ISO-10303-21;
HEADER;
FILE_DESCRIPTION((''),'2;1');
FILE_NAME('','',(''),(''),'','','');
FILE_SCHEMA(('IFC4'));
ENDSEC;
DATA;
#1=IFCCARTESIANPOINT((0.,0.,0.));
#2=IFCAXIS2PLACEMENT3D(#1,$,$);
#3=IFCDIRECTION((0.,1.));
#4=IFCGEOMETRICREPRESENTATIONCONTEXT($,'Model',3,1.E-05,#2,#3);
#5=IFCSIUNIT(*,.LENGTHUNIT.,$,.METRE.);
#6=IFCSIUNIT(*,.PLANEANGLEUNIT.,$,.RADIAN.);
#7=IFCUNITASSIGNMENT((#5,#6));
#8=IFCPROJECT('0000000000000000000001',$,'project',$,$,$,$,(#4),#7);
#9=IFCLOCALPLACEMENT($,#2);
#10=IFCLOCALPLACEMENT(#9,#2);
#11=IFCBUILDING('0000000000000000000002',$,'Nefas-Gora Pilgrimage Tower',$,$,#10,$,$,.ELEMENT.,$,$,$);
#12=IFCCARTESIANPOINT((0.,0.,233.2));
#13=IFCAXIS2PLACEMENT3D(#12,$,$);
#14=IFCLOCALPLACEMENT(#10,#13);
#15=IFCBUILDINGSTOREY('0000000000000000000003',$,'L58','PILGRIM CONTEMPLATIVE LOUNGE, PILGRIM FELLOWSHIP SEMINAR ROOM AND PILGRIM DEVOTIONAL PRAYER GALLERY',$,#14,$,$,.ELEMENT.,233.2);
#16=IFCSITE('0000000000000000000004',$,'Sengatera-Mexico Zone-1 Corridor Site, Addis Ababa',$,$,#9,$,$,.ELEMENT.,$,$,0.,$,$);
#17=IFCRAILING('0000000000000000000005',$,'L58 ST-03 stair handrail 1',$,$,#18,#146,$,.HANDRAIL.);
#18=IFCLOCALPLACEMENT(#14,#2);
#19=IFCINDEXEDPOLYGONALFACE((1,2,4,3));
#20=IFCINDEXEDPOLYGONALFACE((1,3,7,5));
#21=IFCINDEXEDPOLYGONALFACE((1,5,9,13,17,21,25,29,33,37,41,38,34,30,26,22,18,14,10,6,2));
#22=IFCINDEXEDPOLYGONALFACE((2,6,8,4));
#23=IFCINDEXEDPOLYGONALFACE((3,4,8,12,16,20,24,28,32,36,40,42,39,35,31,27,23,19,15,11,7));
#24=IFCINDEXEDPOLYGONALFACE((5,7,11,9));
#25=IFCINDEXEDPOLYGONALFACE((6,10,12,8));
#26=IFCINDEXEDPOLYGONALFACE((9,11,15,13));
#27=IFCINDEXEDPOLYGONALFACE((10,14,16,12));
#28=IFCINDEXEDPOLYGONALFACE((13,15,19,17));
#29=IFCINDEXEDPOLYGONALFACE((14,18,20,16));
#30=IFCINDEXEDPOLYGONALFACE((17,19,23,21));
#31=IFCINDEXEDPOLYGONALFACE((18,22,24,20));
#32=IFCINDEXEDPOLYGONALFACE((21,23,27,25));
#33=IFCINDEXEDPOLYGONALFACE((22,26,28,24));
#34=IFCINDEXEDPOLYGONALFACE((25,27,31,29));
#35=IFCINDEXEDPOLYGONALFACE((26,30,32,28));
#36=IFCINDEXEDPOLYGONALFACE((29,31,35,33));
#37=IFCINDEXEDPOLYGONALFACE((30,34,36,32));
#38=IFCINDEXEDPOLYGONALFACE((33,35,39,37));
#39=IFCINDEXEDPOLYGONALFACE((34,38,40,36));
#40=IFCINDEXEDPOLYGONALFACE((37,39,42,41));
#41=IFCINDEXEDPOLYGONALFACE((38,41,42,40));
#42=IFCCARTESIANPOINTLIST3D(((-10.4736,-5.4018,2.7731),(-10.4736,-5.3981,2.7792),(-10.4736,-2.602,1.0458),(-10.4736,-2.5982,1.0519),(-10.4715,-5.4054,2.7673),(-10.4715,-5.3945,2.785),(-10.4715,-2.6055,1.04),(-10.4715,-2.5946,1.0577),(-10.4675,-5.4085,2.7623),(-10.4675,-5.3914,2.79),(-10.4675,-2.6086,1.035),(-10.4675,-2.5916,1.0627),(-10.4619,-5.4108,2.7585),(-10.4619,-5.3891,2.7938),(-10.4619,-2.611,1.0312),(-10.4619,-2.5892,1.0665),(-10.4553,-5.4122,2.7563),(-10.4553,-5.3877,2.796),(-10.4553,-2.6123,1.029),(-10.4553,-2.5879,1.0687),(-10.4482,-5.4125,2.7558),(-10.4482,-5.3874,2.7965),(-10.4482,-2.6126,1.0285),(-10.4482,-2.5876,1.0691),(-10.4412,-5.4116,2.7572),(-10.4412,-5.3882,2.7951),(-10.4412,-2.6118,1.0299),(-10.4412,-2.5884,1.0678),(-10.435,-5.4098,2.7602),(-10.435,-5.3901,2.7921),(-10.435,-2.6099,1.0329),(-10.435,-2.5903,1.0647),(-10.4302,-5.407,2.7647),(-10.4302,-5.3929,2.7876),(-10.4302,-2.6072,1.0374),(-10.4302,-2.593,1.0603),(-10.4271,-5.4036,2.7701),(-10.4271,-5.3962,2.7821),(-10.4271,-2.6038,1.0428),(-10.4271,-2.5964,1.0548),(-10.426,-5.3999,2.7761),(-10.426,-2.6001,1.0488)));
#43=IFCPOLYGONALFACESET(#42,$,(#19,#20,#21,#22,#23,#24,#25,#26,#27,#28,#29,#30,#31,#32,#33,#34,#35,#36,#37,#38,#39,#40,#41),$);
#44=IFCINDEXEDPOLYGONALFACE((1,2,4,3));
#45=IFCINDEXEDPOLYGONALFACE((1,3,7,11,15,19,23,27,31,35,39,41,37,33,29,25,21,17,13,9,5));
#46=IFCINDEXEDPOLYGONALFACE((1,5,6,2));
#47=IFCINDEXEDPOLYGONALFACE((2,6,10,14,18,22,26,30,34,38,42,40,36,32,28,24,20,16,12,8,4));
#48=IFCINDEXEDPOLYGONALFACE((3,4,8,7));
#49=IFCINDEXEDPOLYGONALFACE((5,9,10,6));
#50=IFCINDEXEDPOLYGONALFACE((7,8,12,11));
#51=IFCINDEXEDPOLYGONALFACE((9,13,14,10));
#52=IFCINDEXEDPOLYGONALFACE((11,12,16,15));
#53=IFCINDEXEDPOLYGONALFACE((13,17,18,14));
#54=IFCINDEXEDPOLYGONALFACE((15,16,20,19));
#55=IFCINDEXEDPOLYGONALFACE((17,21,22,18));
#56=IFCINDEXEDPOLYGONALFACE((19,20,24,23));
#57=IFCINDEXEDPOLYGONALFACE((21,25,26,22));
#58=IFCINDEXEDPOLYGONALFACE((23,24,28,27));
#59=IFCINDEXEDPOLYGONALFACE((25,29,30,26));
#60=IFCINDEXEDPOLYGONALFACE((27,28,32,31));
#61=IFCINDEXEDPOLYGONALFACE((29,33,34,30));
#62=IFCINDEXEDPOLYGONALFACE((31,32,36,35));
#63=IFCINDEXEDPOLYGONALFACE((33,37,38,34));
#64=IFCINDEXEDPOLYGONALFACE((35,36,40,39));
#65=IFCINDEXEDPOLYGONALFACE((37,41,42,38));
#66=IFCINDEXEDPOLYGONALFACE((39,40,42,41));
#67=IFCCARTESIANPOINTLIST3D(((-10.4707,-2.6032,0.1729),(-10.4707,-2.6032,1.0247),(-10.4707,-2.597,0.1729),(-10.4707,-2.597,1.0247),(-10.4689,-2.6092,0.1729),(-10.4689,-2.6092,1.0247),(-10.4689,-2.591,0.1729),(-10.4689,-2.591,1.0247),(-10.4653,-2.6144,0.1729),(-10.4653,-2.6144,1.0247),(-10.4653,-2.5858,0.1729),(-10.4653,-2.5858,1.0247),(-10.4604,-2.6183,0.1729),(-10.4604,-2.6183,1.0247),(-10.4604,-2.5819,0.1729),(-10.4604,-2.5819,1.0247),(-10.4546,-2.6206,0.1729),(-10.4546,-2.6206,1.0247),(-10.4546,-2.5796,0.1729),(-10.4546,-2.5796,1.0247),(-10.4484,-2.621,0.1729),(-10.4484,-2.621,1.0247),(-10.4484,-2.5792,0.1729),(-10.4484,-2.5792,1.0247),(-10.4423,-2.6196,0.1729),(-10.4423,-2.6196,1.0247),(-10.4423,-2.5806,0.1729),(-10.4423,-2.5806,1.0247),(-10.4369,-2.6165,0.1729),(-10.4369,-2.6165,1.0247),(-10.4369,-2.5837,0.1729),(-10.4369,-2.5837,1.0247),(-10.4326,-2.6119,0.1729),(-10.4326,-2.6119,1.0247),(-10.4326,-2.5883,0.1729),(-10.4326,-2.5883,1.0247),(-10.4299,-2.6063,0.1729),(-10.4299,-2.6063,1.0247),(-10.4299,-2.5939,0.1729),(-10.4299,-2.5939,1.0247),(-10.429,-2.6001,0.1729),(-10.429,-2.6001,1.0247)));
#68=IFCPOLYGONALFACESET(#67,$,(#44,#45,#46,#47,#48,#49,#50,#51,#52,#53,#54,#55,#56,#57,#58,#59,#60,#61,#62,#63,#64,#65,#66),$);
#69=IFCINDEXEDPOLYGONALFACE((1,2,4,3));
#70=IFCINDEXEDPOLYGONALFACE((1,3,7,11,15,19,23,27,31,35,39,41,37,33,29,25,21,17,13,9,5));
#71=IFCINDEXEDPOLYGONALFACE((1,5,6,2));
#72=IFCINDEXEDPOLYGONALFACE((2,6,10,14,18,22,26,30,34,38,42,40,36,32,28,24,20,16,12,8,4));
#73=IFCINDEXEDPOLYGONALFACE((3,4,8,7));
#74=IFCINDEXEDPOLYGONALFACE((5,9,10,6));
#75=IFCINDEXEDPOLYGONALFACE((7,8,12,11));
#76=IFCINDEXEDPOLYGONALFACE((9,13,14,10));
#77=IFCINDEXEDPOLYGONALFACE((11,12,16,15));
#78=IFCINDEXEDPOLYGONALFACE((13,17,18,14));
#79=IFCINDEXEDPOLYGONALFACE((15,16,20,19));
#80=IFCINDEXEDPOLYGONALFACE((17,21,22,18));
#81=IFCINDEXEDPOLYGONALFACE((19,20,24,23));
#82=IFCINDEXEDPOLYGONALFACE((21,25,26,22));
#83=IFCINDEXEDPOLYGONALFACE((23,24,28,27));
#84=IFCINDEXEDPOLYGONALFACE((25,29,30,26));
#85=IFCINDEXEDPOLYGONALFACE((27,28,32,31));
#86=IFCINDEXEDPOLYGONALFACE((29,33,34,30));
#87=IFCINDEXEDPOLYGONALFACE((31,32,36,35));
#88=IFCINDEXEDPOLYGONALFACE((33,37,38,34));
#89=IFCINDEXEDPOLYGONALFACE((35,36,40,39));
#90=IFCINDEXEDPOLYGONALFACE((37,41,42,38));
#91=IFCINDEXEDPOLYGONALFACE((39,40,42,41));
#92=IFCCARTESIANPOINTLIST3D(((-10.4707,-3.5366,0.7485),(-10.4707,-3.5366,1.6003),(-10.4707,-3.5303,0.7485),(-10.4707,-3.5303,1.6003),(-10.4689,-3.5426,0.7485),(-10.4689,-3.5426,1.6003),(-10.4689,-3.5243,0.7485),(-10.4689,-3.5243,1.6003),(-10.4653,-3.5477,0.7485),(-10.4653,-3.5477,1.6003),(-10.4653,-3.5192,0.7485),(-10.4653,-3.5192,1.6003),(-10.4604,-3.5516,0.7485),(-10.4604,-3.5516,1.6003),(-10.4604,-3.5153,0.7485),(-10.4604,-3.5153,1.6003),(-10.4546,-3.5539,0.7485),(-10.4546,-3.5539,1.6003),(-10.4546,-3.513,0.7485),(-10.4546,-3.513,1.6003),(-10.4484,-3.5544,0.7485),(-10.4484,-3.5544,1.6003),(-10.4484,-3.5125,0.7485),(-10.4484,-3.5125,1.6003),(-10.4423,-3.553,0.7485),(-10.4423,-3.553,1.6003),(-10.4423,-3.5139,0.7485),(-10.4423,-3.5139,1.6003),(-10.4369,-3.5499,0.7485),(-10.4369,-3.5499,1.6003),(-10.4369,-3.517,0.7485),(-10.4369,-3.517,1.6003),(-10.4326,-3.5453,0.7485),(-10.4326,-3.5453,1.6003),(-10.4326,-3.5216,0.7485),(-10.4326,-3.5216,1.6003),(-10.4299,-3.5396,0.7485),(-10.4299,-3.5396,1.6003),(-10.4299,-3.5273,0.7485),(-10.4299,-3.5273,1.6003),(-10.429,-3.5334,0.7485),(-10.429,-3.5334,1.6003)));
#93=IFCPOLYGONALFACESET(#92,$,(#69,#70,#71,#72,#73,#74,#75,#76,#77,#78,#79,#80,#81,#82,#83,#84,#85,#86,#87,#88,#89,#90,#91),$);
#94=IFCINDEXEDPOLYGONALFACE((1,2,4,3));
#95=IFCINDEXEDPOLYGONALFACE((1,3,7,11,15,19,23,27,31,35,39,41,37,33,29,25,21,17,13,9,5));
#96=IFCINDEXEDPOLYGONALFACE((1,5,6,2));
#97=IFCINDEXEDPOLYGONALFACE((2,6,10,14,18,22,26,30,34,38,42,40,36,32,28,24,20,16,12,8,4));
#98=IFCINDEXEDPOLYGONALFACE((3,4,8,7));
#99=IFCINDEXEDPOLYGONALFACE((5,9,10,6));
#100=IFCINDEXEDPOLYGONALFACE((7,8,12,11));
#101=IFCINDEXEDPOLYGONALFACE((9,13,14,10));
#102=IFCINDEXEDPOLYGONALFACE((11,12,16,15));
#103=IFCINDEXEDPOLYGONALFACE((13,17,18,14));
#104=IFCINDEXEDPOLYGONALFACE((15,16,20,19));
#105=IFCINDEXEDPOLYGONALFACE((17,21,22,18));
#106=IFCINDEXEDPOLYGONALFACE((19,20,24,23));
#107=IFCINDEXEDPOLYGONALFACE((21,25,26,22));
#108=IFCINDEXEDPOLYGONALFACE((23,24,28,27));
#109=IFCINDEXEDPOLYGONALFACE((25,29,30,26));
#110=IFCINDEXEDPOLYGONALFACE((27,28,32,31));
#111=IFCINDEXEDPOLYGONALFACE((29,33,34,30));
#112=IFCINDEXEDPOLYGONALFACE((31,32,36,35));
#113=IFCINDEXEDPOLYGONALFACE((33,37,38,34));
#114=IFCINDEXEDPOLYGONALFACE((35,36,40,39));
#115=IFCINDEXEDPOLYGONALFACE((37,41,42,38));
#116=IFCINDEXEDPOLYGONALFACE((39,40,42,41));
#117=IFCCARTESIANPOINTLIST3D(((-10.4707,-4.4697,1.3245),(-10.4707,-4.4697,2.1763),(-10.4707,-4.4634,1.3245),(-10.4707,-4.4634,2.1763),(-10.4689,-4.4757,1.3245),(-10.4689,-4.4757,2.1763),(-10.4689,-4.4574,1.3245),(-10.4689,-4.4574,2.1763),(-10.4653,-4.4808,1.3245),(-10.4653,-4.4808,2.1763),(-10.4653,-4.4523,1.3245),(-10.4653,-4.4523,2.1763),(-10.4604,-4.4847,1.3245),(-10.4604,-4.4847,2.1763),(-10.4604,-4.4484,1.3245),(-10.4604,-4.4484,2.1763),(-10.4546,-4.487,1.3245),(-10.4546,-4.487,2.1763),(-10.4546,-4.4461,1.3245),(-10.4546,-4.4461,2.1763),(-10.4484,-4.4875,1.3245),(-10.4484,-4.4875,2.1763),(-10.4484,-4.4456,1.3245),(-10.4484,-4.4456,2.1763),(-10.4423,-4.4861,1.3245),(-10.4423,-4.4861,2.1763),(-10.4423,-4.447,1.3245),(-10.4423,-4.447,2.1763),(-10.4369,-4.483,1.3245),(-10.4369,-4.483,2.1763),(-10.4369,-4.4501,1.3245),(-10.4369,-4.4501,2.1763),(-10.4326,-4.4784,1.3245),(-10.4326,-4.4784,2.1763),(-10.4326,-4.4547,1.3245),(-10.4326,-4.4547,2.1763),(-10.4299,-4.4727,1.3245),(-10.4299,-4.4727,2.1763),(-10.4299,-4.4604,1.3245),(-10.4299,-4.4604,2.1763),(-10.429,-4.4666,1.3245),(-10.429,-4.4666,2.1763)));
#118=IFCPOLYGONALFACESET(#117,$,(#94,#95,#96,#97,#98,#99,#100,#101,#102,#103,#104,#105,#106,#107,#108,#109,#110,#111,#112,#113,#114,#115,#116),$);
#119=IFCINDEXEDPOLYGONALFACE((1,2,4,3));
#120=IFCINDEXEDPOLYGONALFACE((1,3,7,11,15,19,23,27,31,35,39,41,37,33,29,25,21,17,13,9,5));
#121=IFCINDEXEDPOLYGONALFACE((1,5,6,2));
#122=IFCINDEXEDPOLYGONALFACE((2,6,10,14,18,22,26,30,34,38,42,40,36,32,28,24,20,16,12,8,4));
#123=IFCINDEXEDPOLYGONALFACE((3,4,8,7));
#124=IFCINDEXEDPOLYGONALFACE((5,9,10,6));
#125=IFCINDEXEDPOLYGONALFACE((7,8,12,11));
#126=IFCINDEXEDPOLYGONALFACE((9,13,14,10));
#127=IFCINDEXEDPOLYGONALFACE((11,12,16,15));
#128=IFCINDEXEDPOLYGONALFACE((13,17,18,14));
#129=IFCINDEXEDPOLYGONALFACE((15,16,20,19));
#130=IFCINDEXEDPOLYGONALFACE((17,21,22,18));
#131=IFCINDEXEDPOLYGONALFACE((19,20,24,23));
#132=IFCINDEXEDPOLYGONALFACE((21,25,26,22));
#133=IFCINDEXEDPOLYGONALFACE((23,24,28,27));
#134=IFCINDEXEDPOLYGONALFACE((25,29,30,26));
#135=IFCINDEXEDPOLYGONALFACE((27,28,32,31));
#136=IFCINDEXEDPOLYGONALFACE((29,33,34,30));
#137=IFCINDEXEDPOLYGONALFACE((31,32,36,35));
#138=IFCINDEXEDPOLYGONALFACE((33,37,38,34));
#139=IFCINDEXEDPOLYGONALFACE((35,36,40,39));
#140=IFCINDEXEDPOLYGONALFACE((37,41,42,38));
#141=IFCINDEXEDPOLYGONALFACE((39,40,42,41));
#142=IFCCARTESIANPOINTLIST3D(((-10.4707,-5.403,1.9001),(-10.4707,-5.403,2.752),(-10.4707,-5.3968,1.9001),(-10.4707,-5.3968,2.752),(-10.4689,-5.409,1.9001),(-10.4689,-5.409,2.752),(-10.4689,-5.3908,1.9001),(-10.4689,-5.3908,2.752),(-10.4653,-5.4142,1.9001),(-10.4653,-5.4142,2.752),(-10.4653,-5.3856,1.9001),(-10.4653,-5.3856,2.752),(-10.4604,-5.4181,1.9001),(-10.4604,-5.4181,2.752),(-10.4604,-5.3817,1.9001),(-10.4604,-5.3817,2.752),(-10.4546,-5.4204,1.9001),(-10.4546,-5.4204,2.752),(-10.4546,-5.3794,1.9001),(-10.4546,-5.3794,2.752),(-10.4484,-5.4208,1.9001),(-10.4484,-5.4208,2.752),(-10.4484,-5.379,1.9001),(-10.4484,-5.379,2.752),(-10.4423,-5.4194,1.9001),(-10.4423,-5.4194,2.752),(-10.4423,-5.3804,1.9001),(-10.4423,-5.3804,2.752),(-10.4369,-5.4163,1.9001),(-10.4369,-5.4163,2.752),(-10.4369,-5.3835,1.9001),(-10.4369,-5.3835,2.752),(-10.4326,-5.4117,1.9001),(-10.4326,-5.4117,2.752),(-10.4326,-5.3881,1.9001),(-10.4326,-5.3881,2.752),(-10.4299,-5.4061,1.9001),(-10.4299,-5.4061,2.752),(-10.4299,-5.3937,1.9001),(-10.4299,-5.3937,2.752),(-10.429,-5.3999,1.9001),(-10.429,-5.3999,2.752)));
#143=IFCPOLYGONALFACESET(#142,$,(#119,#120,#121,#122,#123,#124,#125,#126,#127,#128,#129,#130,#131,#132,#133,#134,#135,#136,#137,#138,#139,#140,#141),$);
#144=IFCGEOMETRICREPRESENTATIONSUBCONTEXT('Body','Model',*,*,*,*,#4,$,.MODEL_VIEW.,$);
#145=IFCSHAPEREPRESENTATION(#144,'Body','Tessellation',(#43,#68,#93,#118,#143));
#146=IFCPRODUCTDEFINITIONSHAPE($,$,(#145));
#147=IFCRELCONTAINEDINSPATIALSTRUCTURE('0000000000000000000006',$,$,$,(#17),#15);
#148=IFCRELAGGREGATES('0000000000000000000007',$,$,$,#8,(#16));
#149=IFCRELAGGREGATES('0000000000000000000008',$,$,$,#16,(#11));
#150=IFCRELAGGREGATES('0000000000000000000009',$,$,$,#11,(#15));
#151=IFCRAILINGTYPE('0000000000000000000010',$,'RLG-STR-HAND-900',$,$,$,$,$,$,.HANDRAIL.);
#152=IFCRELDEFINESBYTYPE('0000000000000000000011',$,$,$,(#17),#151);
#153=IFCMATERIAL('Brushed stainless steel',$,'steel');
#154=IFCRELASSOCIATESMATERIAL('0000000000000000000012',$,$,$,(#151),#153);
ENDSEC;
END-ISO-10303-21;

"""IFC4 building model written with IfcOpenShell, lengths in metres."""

from ifc_helpers import new_model, si_unit, direction, frame, origin, origin_2d, place, context, subcontext, project, spatial, circle, extrude, material, type_object, element, save


model = new_model("IFC4")

# Units and contexts
model_context = context("Model", 3, precision=1e-05, world=origin(), true_north=direction((0.0, 1.0)))
body_context = subcontext(model_context, "Body", "Model", "MODEL_VIEW")
ifc_project = project(units=[si_unit("LENGTHUNIT", "METRE"), si_unit("PLANEANGLEUNIT", "RADIAN")], contexts=[model_context])

# Site, building, storey
site_placement = place(None, origin())
site = spatial("IfcSite", under=ifc_project, at=site_placement, Name="Sengatera-Mexico Zone-1 Corridor Site, Addis Ababa", CompositionType="ELEMENT", RefElevation=0.0)
building_placement = place(site_placement, origin())
building = spatial("IfcBuilding", under=site, at=building_placement, Name="Nefas-Gora Pilgrimage Tower", CompositionType="ELEMENT")
storey_placement = place(building_placement, frame((0.0, 0.0, 233.2)))
storey = spatial("IfcBuildingStorey", under=building, at=storey_placement, Name="L58", Description="PILGRIM CONTEMPLATIVE LOUNGE, PILGRIM FELLOWSHIP SEMINAR ROOM AND PILGRIM DEVOTIONAL PRAYER GALLERY", CompositionType="ELEMENT", Elevation=233.2)

# Railing
ifc_material_1 = material(Name="Brushed stainless steel", Category="steel")
railing_type_1 = type_object("IfcRailingType", Name="RLG-STR-HAND-900", PredefinedType="HANDRAIL", material=ifc_material_1)
railing_1_placement = place(storey_placement, frame((-10.45, -2.6001, 0.1729)))
element("IfcRailing", 1, at=railing_1_placement, inside=storey, type_object=railing_type_1, Name="L58 ST-03 stair handrail 1", PredefinedType="HANDRAIL", context=body_context, shape_type="SweptSolid", body=[
    extrude(circle(Radius=0.0239, at=origin_2d()), frame((0.0, 0.0, 0.876), z_axis=(0.0, -0.851069, 0.525054), x_axis=(1.0, 0.0, 0.0)), (0.0, 0.0, 1.0), 3.2898),
    extrude(circle(Radius=0.021, at=origin_2d()), origin(), (0.0, 0.0, 1.0), 0.8518),
    extrude(circle(Radius=0.021, at=origin_2d()), frame((0.0, -0.9333, 0.5757)), (0.0, 0.0, 1.0), 0.8518),
    extrude(circle(Radius=0.021, at=origin_2d()), frame((0.0, -1.8665, 1.1516)), (0.0, 0.0, 1.0), 0.8518),
    extrude(circle(Radius=0.021, at=origin_2d()), frame((0.0, -2.7998, 1.7273)), (0.0, 0.0, 1.0), 0.8518),
])

save(model, "model.ifc")
